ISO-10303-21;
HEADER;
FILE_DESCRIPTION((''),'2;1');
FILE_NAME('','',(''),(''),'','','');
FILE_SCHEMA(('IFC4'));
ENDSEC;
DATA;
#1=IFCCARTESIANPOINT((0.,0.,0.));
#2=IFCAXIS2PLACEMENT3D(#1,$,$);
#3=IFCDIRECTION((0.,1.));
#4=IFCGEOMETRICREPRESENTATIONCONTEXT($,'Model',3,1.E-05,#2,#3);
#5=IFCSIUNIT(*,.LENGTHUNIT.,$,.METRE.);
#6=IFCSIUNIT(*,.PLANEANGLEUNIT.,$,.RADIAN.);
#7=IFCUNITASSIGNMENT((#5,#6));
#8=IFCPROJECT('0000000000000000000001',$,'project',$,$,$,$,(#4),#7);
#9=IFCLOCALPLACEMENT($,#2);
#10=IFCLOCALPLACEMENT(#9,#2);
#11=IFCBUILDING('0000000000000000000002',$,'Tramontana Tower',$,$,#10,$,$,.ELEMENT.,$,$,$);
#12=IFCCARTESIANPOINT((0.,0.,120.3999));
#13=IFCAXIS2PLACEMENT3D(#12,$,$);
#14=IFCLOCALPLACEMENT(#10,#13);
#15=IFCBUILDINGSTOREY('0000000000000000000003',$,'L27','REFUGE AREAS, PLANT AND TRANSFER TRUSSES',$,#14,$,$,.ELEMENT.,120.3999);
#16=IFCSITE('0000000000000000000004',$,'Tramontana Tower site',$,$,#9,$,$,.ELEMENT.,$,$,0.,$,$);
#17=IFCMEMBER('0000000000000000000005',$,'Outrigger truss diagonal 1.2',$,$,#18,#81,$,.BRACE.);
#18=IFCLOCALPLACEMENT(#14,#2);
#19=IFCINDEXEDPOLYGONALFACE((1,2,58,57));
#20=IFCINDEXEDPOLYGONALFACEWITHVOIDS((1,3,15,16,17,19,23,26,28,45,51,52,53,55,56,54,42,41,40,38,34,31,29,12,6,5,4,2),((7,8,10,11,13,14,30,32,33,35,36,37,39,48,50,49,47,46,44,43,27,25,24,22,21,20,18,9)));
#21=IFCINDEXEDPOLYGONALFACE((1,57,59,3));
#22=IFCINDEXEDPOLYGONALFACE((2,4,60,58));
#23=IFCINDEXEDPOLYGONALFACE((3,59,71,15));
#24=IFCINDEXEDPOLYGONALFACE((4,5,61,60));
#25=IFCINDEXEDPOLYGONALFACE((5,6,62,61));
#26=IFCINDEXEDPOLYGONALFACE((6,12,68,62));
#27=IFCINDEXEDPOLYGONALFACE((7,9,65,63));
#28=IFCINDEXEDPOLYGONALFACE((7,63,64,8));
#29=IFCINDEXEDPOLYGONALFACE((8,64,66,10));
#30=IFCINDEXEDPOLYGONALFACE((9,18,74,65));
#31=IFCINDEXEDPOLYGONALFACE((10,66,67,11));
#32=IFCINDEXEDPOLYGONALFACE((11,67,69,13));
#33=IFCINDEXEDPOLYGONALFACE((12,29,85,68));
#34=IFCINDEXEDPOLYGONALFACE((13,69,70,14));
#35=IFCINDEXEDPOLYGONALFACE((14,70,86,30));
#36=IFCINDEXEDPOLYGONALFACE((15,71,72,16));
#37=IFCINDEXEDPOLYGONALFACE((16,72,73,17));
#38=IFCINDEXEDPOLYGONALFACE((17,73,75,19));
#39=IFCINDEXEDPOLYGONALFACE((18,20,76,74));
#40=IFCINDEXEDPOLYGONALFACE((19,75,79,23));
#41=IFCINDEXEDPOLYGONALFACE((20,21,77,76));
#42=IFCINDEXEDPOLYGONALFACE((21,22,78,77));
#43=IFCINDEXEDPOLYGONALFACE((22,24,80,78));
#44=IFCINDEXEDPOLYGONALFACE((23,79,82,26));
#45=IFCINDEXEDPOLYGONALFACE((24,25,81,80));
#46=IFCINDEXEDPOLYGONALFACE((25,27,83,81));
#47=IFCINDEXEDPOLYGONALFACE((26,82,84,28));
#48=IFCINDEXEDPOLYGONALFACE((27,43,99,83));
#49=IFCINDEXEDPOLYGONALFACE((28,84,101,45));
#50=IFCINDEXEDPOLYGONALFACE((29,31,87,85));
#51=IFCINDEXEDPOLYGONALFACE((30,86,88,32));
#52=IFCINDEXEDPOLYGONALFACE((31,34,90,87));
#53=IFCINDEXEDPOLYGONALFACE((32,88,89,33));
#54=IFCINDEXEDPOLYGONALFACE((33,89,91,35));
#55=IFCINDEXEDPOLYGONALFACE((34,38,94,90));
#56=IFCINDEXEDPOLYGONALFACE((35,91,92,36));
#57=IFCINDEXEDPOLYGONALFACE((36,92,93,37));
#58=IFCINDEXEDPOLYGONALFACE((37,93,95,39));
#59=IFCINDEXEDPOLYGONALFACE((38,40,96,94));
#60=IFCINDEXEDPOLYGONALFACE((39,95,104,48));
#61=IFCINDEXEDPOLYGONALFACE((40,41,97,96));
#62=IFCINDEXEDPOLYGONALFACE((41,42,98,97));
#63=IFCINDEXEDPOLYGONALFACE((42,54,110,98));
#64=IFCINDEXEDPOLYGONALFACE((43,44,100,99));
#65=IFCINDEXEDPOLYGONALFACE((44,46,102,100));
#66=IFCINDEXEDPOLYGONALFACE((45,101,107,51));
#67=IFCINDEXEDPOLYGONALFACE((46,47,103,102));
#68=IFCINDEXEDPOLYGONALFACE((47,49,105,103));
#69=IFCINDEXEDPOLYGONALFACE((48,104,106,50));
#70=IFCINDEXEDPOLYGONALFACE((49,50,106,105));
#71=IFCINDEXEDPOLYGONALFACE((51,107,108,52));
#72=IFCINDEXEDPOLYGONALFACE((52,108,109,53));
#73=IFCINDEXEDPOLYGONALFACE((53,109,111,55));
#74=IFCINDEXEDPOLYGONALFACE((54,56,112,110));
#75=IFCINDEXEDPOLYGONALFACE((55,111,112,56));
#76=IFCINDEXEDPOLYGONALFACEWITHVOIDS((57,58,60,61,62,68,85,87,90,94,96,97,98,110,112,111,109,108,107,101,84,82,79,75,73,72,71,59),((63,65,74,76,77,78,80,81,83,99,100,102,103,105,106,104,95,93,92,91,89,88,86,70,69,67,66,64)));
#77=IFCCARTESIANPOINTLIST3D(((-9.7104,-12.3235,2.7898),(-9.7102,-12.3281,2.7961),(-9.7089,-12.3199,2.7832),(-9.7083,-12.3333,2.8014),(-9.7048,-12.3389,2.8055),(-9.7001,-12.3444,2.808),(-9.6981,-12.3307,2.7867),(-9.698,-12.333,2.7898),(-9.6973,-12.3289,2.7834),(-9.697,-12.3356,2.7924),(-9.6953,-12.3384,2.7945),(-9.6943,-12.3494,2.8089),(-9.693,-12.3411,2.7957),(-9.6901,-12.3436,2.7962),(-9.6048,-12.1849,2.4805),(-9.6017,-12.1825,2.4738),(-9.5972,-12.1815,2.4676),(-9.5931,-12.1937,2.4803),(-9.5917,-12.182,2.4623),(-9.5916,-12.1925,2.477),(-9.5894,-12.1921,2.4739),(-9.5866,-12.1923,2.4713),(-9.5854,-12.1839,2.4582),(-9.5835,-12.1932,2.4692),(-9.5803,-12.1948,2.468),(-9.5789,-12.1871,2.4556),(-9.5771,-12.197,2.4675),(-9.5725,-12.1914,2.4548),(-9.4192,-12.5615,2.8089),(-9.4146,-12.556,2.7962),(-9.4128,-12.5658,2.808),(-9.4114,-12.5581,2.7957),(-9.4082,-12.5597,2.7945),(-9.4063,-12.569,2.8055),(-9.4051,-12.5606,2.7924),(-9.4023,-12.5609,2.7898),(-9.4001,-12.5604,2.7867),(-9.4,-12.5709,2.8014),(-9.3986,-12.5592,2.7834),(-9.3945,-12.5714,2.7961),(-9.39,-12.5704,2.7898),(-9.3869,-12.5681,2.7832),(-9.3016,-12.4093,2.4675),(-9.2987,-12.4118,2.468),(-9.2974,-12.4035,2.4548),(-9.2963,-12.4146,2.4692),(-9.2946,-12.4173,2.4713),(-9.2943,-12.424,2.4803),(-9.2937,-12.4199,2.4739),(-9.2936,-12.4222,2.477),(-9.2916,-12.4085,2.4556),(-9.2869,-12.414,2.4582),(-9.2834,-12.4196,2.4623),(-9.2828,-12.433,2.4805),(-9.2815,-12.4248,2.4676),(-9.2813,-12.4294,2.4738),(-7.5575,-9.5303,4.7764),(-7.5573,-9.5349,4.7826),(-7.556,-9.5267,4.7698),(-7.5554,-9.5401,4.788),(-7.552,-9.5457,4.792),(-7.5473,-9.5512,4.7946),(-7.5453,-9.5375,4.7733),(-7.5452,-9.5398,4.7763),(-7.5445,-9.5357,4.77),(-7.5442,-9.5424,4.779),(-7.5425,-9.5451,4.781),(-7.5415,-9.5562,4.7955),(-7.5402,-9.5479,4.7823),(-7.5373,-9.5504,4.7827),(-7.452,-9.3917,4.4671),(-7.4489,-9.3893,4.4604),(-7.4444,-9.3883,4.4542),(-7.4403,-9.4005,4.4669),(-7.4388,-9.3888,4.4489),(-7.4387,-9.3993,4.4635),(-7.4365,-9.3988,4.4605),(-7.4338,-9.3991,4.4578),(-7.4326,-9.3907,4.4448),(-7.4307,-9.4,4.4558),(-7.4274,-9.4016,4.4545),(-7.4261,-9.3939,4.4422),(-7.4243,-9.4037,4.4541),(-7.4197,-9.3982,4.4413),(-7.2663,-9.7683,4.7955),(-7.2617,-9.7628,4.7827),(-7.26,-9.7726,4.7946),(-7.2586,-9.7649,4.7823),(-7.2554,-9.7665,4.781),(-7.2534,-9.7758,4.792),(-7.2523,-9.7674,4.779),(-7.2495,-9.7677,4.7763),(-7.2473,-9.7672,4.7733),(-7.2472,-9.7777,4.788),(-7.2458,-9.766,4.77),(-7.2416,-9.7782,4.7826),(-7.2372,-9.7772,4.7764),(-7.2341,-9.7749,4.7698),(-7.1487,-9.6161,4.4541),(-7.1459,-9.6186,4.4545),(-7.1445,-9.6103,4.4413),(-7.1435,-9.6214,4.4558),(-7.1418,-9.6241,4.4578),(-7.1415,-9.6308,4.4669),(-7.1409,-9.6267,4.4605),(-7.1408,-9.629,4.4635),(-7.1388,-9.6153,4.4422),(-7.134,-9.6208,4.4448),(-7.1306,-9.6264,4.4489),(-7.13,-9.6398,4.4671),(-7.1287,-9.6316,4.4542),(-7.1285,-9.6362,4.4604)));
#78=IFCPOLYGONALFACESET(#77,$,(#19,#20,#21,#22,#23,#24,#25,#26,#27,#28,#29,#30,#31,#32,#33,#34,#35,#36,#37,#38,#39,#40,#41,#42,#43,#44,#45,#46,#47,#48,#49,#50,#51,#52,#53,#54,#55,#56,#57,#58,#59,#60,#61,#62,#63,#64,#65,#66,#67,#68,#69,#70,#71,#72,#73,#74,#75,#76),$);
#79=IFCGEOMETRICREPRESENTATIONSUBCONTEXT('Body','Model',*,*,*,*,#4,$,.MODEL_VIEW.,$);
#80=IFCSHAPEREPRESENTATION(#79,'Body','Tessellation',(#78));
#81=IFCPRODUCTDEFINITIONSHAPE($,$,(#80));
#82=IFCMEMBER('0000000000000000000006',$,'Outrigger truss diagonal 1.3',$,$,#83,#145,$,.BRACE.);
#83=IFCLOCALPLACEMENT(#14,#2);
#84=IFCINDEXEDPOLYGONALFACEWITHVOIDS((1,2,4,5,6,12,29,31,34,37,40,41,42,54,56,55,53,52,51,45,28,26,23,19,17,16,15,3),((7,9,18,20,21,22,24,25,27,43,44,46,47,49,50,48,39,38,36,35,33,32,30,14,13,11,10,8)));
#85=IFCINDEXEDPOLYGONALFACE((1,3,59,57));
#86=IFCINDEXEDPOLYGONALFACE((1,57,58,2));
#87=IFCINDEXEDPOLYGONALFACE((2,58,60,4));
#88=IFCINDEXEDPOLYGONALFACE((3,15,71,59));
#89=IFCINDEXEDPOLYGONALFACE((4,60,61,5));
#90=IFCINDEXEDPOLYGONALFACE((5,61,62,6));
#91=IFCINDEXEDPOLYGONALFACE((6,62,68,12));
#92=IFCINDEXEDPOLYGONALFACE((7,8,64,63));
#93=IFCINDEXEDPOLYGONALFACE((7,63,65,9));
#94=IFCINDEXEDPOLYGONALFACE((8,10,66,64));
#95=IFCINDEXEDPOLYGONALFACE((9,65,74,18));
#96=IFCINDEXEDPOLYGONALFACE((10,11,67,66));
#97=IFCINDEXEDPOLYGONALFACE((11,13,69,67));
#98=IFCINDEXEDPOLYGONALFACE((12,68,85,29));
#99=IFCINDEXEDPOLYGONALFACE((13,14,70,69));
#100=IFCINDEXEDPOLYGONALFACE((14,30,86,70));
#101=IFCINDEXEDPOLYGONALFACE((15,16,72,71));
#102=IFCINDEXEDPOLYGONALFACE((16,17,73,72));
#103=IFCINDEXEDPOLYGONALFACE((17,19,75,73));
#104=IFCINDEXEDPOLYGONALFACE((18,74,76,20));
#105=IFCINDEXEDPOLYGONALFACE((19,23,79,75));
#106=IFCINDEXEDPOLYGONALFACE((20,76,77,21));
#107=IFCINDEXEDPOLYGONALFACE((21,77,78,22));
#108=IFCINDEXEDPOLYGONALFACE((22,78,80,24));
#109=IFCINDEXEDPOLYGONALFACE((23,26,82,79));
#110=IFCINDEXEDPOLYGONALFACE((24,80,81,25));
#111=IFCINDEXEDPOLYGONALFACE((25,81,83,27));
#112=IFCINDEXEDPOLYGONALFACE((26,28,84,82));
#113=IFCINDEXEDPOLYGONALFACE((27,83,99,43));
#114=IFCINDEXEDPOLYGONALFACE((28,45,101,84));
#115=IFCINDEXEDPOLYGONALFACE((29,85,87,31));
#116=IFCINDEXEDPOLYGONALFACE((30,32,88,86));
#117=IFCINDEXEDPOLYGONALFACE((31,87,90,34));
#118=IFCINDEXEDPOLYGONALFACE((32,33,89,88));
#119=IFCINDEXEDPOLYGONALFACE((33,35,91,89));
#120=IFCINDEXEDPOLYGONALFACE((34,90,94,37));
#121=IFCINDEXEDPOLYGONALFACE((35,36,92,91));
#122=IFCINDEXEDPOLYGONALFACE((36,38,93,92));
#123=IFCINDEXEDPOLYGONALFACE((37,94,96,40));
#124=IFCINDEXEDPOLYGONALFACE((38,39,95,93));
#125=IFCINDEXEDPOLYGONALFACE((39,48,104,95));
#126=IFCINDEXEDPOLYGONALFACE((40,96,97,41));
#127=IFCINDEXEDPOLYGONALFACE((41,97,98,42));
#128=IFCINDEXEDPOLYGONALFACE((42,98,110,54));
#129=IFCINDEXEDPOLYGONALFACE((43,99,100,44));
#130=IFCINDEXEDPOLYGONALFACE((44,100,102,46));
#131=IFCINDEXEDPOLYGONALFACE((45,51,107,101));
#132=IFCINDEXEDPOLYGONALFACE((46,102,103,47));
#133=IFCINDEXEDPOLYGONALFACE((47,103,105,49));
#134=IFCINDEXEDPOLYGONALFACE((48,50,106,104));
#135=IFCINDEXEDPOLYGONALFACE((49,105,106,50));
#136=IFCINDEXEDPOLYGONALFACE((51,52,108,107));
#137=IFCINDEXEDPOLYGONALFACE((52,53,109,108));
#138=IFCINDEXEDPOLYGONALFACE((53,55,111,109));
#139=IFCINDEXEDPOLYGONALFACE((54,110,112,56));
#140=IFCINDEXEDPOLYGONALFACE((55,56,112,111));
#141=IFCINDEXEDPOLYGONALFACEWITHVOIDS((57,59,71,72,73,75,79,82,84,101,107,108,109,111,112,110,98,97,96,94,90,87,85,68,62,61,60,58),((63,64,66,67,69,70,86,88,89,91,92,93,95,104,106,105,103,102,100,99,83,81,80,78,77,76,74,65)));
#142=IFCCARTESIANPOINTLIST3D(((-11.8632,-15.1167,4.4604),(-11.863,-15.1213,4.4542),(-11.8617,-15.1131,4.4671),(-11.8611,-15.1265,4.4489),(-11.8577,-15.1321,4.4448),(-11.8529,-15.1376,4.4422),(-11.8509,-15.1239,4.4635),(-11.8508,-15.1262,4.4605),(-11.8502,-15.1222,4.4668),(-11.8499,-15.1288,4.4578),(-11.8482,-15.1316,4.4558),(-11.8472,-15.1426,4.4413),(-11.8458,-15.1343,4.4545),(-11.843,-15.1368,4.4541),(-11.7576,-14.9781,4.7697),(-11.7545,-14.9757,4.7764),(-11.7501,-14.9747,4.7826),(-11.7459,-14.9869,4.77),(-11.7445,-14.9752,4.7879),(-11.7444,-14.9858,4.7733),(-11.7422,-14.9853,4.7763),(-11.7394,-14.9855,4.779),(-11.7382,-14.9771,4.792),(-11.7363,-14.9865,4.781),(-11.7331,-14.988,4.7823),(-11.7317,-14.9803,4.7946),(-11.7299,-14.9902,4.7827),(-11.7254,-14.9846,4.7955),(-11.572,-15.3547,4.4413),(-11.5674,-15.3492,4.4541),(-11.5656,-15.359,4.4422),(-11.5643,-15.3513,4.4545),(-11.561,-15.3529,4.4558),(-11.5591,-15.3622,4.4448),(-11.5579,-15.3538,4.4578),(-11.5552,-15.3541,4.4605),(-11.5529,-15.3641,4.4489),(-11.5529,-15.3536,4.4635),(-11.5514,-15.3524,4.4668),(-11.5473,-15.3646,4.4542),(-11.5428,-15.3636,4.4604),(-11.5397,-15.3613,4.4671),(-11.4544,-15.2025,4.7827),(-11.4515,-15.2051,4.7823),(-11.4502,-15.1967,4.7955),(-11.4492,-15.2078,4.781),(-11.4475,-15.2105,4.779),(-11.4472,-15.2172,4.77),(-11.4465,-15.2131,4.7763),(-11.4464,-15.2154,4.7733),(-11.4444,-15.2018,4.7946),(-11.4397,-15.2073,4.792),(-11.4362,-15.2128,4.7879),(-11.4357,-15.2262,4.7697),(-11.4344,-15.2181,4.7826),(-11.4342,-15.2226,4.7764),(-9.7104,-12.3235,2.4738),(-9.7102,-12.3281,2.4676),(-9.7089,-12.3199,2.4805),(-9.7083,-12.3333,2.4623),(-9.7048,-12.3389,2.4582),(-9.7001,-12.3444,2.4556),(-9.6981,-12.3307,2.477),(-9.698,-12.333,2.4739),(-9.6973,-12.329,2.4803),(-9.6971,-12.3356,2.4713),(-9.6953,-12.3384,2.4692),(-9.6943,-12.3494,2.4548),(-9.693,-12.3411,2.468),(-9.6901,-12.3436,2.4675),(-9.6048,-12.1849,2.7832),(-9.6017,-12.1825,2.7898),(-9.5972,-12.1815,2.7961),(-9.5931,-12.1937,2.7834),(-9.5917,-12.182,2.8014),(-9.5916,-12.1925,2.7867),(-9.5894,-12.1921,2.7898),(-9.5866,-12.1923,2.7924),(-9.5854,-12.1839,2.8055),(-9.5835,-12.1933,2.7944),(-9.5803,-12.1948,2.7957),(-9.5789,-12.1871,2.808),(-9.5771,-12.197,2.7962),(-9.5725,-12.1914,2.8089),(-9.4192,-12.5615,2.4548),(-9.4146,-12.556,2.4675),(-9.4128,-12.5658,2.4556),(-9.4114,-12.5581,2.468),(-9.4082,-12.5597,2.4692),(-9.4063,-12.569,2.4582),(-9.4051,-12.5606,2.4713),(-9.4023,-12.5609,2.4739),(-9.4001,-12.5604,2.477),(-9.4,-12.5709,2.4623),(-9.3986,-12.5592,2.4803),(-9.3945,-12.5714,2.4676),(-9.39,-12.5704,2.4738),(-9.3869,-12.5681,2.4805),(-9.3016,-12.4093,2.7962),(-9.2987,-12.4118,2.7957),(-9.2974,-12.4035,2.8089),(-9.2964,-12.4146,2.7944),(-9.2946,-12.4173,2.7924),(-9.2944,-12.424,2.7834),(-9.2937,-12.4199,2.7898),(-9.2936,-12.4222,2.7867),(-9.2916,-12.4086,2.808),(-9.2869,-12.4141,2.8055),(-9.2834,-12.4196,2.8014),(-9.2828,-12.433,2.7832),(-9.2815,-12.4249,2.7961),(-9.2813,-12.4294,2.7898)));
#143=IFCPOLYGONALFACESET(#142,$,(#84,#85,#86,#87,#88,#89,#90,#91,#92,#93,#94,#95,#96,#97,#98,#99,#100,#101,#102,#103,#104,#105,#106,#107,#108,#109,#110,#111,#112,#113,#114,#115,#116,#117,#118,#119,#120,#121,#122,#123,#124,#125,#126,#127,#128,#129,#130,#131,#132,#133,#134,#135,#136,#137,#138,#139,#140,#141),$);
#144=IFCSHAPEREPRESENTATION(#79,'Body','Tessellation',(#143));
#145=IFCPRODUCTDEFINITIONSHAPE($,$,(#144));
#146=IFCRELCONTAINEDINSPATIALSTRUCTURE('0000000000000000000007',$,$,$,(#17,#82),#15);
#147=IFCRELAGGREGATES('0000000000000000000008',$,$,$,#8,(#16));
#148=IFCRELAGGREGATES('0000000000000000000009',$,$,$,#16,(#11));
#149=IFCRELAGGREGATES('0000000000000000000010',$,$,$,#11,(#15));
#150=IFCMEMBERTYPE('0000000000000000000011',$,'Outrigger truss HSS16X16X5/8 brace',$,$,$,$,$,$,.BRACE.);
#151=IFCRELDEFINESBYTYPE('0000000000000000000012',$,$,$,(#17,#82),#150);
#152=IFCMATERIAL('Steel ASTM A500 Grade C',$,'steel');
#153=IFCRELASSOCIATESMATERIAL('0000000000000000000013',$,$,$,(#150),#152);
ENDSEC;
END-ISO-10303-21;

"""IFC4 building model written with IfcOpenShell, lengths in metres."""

from ifc_helpers import new_model, si_unit, direction, frame, origin, origin_2d, place, context, subcontext, project, spatial, hollow_rectangle, extrude, material, material_profile, profile_set, type_object, element, save


model = new_model("IFC4")

# Units and contexts
model_context = context("Model", 3, precision=1e-05, world=origin(), true_north=direction((0.0, 1.0)))
body_context = subcontext(model_context, "Body", "Model", "MODEL_VIEW")
ifc_project = project(units=[si_unit("LENGTHUNIT", "METRE"), si_unit("PLANEANGLEUNIT", "RADIAN")], contexts=[model_context])

# Site, building, storey
site_placement = place(None, origin())
site = spatial("IfcSite", under=ifc_project, at=site_placement, Name="Tramontana Tower site", CompositionType="ELEMENT", RefElevation=0.0)
building_placement = place(site_placement, origin())
building = spatial("IfcBuilding", under=site, at=building_placement, Name="Tramontana Tower", CompositionType="ELEMENT")
storey_placement = place(building_placement, frame((0.0, 0.0, 120.3999)))
storey = spatial("IfcBuildingStorey", under=building, at=storey_placement, Name="L27", Description="REFUGE AREAS, PLANT AND TRANSFER TRUSSES", CompositionType="ELEMENT", Elevation=120.3999)

# Members
ifc_material_1 = material(Name="Steel ASTM A500 Grade C", Category="steel")
ifc_material_profile_1 = material_profile(ifc_material_1, hollow_rectangle(XDim=0.4065, YDim=0.4065, WallThickness=0.0146, InnerFilletRadius=0.0146, OuterFilletRadius=0.0295, at=origin_2d()), Name="HSS16X16X5/8")
ifc_profile_set_1 = profile_set([ifc_material_profile_1], Name="Steel ASTM A500 Grade C")
member_type_1 = type_object("IfcMemberType", Name="Outrigger truss HSS16X16X5/8 brace", PredefinedType="BRACE", material=ifc_profile_set_1)
for number, where, z_axis, x_axis, name in (
    (1, (-7.343, -9.5833, 4.6184), (-0.531877, -0.690088, -0.490801), (0.792047, -0.61046, 0.0), "Outrigger truss diagonal 1.2"),
    (2, (-9.4958, -12.3765, 2.6318), (-0.531877, -0.690088, 0.490801), (0.792047, -0.61046, 0.0), "Outrigger truss diagonal 1.3"),
):
    element("IfcMember", number, at=place(storey_placement, frame(where, z_axis=z_axis, x_axis=x_axis)), inside=storey, type_object=member_type_1, Name=name, PredefinedType="BRACE", context=body_context, shape_type="SweptSolid", body=[
        extrude(hollow_rectangle(XDim=0.4065, YDim=0.4065, WallThickness=0.0146, InnerFilletRadius=0.0146, OuterFilletRadius=0.0295, at=origin_2d()), origin(), (0.0, 0.0, 1.0), 4.0476),
    ])

save(model, "model.ifc")
